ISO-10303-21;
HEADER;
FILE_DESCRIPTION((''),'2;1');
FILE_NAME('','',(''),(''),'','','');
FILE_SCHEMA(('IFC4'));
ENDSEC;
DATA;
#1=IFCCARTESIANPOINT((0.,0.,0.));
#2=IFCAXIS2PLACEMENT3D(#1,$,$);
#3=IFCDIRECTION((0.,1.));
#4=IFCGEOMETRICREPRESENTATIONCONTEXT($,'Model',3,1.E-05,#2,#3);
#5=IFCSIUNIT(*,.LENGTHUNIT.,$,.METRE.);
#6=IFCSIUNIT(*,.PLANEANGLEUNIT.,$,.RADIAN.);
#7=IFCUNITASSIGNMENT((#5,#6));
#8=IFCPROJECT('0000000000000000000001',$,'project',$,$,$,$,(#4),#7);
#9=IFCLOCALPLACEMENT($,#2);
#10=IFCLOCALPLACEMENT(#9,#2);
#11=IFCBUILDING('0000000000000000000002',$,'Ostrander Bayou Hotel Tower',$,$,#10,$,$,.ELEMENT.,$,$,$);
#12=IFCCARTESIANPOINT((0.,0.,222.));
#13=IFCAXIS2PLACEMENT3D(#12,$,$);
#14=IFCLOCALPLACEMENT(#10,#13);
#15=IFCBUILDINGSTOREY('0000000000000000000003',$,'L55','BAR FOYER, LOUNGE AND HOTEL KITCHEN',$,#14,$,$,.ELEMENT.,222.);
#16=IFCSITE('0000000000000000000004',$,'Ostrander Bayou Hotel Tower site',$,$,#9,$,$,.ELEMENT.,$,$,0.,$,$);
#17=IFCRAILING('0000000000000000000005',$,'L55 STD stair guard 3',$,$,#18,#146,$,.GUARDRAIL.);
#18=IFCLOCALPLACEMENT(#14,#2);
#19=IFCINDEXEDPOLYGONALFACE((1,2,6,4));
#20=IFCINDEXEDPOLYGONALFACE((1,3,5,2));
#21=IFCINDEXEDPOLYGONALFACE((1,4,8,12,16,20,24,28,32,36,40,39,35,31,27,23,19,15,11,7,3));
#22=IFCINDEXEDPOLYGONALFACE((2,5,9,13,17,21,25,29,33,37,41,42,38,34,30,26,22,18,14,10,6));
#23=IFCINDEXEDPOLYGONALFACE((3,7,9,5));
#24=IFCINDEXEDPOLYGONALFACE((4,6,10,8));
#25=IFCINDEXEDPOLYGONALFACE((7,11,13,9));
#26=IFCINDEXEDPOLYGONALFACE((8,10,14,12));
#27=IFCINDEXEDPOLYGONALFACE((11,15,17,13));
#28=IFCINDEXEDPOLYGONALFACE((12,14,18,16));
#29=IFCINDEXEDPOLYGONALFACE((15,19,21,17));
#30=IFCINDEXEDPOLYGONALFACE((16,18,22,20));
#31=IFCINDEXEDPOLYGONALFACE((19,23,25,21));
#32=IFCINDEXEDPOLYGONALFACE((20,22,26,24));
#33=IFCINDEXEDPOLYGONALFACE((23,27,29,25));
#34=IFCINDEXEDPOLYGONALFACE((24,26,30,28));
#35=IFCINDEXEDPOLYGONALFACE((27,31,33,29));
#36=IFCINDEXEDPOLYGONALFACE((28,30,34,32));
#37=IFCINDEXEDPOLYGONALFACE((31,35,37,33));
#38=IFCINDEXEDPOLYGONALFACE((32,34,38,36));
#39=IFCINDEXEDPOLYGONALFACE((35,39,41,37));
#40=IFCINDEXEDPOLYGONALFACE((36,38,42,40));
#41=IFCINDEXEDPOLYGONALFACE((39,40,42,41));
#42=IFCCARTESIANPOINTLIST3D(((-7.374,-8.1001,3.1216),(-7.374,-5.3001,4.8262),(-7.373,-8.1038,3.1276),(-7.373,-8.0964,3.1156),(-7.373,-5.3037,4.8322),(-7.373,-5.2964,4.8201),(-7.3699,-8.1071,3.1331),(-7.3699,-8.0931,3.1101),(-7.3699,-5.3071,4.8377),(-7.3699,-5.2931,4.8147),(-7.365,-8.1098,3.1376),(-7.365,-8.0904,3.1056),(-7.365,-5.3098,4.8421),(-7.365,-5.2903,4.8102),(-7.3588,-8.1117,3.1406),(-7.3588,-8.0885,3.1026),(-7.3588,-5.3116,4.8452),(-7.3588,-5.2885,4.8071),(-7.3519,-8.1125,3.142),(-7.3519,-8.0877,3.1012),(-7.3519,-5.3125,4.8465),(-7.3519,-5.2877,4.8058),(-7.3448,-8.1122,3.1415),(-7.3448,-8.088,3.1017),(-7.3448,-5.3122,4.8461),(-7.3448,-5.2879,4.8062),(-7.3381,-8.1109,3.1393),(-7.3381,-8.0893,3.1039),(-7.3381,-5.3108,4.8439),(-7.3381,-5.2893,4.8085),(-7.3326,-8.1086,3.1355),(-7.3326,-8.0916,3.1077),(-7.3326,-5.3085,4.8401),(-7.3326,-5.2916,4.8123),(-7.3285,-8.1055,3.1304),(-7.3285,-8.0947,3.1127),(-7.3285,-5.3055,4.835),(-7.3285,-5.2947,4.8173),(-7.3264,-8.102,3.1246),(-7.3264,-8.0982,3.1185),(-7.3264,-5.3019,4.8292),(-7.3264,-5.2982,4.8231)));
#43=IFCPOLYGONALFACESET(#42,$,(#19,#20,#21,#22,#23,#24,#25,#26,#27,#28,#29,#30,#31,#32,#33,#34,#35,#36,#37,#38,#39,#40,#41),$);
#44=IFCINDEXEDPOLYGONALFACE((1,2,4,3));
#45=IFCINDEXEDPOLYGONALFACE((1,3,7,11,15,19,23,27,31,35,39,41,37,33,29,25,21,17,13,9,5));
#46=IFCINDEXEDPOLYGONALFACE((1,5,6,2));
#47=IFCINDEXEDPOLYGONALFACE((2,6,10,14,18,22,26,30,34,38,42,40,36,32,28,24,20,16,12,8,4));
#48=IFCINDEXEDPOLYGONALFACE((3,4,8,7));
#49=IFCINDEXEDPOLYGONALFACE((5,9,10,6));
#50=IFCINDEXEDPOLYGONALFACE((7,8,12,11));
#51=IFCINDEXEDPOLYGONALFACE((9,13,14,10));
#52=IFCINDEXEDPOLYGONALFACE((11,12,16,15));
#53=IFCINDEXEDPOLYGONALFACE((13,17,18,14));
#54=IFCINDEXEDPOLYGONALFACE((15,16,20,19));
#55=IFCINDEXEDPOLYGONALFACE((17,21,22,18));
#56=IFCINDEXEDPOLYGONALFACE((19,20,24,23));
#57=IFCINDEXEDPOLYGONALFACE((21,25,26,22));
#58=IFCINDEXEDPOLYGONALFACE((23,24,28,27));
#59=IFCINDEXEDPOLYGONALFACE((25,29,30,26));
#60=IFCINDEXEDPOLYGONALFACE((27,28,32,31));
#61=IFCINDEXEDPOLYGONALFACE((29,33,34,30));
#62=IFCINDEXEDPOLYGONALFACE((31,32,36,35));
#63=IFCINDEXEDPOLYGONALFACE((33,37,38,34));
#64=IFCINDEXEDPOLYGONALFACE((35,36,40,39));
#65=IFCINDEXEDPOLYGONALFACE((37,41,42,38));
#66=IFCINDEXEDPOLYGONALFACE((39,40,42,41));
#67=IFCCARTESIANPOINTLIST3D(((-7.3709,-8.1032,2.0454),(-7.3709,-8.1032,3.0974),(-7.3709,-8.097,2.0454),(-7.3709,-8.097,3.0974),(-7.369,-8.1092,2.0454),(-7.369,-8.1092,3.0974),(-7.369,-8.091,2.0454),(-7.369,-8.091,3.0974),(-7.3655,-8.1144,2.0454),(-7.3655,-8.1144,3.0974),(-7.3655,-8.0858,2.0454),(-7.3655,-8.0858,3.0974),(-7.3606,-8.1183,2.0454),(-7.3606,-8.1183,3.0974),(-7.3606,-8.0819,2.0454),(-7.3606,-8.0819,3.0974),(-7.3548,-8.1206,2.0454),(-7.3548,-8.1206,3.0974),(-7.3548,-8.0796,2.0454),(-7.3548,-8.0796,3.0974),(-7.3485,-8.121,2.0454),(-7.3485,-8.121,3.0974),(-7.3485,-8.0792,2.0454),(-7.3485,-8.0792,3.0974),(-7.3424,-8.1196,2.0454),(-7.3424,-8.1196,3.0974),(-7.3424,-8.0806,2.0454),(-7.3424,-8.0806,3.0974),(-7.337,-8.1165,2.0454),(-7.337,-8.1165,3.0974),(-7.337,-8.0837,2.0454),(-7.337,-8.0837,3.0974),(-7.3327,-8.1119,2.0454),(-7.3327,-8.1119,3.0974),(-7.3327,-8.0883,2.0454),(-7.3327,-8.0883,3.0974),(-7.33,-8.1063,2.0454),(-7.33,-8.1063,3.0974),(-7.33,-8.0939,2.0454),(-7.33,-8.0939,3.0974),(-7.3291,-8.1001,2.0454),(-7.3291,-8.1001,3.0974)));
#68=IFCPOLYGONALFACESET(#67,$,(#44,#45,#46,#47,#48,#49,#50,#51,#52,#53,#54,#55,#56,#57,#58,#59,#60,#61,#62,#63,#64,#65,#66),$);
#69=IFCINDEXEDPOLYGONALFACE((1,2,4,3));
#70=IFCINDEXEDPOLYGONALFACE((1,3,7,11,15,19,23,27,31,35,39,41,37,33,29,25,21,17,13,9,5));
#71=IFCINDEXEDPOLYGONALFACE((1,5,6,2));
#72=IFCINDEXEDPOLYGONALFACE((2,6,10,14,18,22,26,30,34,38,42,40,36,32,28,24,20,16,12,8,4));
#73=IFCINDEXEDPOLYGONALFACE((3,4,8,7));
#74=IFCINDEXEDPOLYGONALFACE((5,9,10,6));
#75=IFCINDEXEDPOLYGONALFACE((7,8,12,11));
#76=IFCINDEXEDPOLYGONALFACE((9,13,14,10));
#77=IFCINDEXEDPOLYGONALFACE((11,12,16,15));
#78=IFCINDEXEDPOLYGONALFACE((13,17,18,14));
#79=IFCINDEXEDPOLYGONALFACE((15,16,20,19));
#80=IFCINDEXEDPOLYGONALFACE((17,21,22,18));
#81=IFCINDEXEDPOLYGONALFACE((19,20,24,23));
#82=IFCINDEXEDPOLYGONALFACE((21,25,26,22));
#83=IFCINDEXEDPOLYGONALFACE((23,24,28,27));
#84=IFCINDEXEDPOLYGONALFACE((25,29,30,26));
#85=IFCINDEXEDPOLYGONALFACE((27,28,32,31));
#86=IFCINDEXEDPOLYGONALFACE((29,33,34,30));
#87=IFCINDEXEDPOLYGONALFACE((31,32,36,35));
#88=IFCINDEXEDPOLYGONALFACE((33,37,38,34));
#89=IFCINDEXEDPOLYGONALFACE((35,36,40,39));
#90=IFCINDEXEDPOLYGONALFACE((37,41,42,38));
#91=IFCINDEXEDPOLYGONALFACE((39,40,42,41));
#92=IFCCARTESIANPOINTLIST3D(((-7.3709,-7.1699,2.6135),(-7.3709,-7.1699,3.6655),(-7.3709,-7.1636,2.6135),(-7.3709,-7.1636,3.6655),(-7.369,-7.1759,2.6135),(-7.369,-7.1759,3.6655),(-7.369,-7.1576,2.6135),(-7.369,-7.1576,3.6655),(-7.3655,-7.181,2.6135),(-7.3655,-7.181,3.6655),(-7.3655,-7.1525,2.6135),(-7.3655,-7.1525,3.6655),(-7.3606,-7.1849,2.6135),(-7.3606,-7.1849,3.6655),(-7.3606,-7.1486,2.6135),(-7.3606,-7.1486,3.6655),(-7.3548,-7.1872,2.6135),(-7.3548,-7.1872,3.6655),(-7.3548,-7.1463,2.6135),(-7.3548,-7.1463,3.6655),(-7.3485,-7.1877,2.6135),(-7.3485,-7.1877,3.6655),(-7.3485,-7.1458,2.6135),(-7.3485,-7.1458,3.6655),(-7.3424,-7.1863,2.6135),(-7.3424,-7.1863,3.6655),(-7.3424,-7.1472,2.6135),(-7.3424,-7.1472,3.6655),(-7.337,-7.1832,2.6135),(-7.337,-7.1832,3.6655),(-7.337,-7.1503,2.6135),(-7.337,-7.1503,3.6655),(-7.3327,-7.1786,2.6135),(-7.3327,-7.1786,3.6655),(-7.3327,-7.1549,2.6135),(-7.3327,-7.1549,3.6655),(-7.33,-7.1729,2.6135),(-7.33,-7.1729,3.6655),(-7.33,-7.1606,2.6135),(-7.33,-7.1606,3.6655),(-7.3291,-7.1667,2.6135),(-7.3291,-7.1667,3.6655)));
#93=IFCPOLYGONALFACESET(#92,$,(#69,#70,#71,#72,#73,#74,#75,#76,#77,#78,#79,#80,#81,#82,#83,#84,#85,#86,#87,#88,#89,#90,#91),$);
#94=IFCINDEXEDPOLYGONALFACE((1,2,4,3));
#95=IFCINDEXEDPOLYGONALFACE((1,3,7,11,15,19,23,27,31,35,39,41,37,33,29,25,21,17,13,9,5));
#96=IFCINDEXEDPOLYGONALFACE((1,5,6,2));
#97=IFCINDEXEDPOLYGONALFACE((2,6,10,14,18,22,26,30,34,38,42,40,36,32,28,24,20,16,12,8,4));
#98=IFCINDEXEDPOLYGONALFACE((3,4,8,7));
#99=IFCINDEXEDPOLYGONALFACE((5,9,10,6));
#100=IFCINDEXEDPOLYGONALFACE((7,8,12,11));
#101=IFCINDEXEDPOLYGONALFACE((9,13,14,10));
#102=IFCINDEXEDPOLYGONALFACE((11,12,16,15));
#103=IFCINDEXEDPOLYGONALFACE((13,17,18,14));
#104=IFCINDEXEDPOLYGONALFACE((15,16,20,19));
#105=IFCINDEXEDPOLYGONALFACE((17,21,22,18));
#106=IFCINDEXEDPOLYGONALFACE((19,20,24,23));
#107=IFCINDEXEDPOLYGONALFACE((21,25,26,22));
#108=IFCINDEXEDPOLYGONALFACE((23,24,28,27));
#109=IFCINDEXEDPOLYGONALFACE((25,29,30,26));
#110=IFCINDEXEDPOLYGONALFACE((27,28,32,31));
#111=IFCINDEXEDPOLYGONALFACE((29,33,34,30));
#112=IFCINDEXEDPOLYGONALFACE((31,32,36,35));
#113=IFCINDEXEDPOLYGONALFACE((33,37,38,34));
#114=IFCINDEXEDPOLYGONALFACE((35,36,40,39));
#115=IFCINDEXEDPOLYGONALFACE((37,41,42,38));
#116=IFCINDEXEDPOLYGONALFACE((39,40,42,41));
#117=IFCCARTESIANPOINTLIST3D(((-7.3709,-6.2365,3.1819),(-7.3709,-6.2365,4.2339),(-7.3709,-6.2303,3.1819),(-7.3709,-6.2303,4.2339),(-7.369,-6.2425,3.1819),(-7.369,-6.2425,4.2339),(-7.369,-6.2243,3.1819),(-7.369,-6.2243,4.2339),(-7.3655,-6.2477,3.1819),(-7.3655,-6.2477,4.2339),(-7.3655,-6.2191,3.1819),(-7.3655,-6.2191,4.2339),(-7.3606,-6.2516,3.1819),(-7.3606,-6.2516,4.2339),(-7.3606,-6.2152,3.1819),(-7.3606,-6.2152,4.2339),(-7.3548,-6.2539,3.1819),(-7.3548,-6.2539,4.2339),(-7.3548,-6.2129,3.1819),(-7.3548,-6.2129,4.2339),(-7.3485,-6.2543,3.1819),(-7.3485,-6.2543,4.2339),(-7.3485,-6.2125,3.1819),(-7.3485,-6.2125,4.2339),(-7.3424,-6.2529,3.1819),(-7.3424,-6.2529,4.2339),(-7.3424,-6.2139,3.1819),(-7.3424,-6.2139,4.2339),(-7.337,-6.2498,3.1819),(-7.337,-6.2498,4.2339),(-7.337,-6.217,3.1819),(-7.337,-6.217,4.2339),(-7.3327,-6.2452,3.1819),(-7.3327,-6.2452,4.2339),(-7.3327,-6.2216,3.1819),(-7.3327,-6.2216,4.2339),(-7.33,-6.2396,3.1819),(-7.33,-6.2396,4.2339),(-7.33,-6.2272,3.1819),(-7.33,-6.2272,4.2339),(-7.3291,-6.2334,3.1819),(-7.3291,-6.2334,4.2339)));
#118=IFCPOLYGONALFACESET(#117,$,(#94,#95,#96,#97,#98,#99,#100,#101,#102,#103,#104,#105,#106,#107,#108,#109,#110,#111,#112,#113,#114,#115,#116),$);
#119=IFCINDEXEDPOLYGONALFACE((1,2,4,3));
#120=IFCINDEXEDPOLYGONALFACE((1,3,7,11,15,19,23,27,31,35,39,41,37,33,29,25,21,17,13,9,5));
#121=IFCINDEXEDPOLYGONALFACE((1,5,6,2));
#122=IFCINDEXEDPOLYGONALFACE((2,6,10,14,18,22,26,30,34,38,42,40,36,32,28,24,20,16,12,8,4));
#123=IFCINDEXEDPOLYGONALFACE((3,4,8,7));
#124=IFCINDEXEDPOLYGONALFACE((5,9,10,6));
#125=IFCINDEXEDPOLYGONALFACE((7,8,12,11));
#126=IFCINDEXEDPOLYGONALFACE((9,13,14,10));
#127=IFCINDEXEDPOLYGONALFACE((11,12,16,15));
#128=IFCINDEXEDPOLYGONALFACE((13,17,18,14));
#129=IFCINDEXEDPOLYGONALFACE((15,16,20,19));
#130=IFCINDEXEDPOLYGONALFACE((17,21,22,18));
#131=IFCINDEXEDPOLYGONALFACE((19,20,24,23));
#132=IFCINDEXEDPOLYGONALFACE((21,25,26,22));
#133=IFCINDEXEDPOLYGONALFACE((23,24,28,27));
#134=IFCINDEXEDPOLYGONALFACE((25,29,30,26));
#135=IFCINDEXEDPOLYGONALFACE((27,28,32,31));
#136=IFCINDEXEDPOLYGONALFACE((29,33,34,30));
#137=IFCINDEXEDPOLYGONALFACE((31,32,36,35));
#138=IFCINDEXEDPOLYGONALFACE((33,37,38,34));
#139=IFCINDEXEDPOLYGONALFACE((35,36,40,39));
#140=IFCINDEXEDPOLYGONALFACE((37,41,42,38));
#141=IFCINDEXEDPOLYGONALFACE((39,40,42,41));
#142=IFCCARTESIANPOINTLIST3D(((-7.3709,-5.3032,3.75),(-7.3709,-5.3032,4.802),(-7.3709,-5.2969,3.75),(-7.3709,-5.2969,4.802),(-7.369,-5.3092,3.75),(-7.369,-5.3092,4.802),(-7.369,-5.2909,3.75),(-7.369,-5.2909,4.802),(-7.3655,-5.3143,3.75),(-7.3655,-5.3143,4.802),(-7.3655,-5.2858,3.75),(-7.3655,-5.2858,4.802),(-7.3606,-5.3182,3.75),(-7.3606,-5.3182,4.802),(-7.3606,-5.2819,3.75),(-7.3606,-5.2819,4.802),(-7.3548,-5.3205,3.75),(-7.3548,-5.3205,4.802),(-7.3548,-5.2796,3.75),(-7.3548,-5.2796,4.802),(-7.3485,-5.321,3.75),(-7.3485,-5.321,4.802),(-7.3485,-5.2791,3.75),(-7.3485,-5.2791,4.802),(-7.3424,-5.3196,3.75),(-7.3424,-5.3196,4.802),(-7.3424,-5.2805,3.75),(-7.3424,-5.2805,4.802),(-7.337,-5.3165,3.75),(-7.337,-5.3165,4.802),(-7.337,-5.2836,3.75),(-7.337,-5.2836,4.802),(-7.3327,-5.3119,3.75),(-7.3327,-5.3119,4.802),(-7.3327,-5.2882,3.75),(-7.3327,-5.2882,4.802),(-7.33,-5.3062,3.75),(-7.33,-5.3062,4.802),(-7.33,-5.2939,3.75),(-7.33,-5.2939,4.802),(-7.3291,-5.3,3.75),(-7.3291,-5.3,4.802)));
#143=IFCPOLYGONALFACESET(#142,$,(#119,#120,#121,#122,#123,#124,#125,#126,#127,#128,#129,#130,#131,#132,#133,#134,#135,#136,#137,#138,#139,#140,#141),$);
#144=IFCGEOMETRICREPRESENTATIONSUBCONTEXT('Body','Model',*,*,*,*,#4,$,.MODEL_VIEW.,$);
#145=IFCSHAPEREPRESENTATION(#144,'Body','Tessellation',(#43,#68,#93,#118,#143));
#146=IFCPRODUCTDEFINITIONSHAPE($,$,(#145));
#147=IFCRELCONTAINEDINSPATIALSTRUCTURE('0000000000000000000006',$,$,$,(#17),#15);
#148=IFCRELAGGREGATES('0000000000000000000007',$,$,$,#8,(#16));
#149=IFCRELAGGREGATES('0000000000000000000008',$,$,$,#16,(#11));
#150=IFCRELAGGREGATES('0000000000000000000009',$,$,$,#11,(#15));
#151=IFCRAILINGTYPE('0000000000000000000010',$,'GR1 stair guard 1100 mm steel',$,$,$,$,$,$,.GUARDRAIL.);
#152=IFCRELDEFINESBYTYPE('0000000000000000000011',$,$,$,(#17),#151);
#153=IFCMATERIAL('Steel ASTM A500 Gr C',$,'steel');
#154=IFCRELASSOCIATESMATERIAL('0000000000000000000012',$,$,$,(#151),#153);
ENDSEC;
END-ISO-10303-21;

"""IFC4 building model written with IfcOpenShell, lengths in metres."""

from ifc_helpers import new_model, si_unit, direction, frame, origin, origin_2d, place, context, subcontext, project, spatial, circle, extrude, material, type_object, element, save


model = new_model("IFC4")

# Units and contexts
model_context = context("Model", 3, precision=1e-05, world=origin(), true_north=direction((0.0, 1.0)))
body_context = subcontext(model_context, "Body", "Model", "MODEL_VIEW")
ifc_project = project(units=[si_unit("LENGTHUNIT", "METRE"), si_unit("PLANEANGLEUNIT", "RADIAN")], contexts=[model_context])

# Site, building, storey
site_placement = place(None, origin())
site = spatial("IfcSite", under=ifc_project, at=site_placement, Name="Ostrander Bayou Hotel Tower site", CompositionType="ELEMENT", RefElevation=0.0)
building_placement = place(site_placement, origin())
building = spatial("IfcBuilding", under=site, at=building_placement, Name="Ostrander Bayou Hotel Tower", CompositionType="ELEMENT")
storey_placement = place(building_placement, frame((0.0, 0.0, 222.0)))
storey = spatial("IfcBuildingStorey", under=building, at=storey_placement, Name="L55", Description="BAR FOYER, LOUNGE AND HOTEL KITCHEN", CompositionType="ELEMENT", Elevation=222.0)

# Railing
ifc_material_1 = material(Name="Steel ASTM A500 Gr C", Category="steel")
railing_type_1 = type_object("IfcRailingType", Name="GR1 stair guard 1100 mm steel", PredefinedType="GUARDRAIL", material=ifc_material_1)
railing_1_placement = place(storey_placement, frame((-7.3501, -8.1001, 2.0454)))
element("IfcRailing", 1, at=railing_1_placement, inside=storey, type_object=railing_type_1, Name="L55 STD stair guard 3", PredefinedType="GUARDRAIL", context=body_context, shape_type="SweptSolid", body=[
    extrude(circle(Radius=0.0239, at=origin_2d()), frame((0.0, 0.0, 1.0762), z_axis=(0.0, 0.85417, 0.519994), x_axis=(-1.0, 0.0, 0.0)), (0.0, 0.0, 1.0), 3.2781),
    extrude(circle(Radius=0.021, at=origin_2d()), origin(), (0.0, 0.0, 1.0), 1.052),
    extrude(circle(Radius=0.021, at=origin_2d()), frame((0.0, 0.9333, 0.5681)), (0.0, 0.0, 1.0), 1.052),
    extrude(circle(Radius=0.021, at=origin_2d()), frame((0.0, 1.8667, 1.1365)), (0.0, 0.0, 1.0), 1.052),
    extrude(circle(Radius=0.021, at=origin_2d()), frame((0.0, 2.8, 1.7046)), (0.0, 0.0, 1.0), 1.052),
])

save(model, "model.ifc")
